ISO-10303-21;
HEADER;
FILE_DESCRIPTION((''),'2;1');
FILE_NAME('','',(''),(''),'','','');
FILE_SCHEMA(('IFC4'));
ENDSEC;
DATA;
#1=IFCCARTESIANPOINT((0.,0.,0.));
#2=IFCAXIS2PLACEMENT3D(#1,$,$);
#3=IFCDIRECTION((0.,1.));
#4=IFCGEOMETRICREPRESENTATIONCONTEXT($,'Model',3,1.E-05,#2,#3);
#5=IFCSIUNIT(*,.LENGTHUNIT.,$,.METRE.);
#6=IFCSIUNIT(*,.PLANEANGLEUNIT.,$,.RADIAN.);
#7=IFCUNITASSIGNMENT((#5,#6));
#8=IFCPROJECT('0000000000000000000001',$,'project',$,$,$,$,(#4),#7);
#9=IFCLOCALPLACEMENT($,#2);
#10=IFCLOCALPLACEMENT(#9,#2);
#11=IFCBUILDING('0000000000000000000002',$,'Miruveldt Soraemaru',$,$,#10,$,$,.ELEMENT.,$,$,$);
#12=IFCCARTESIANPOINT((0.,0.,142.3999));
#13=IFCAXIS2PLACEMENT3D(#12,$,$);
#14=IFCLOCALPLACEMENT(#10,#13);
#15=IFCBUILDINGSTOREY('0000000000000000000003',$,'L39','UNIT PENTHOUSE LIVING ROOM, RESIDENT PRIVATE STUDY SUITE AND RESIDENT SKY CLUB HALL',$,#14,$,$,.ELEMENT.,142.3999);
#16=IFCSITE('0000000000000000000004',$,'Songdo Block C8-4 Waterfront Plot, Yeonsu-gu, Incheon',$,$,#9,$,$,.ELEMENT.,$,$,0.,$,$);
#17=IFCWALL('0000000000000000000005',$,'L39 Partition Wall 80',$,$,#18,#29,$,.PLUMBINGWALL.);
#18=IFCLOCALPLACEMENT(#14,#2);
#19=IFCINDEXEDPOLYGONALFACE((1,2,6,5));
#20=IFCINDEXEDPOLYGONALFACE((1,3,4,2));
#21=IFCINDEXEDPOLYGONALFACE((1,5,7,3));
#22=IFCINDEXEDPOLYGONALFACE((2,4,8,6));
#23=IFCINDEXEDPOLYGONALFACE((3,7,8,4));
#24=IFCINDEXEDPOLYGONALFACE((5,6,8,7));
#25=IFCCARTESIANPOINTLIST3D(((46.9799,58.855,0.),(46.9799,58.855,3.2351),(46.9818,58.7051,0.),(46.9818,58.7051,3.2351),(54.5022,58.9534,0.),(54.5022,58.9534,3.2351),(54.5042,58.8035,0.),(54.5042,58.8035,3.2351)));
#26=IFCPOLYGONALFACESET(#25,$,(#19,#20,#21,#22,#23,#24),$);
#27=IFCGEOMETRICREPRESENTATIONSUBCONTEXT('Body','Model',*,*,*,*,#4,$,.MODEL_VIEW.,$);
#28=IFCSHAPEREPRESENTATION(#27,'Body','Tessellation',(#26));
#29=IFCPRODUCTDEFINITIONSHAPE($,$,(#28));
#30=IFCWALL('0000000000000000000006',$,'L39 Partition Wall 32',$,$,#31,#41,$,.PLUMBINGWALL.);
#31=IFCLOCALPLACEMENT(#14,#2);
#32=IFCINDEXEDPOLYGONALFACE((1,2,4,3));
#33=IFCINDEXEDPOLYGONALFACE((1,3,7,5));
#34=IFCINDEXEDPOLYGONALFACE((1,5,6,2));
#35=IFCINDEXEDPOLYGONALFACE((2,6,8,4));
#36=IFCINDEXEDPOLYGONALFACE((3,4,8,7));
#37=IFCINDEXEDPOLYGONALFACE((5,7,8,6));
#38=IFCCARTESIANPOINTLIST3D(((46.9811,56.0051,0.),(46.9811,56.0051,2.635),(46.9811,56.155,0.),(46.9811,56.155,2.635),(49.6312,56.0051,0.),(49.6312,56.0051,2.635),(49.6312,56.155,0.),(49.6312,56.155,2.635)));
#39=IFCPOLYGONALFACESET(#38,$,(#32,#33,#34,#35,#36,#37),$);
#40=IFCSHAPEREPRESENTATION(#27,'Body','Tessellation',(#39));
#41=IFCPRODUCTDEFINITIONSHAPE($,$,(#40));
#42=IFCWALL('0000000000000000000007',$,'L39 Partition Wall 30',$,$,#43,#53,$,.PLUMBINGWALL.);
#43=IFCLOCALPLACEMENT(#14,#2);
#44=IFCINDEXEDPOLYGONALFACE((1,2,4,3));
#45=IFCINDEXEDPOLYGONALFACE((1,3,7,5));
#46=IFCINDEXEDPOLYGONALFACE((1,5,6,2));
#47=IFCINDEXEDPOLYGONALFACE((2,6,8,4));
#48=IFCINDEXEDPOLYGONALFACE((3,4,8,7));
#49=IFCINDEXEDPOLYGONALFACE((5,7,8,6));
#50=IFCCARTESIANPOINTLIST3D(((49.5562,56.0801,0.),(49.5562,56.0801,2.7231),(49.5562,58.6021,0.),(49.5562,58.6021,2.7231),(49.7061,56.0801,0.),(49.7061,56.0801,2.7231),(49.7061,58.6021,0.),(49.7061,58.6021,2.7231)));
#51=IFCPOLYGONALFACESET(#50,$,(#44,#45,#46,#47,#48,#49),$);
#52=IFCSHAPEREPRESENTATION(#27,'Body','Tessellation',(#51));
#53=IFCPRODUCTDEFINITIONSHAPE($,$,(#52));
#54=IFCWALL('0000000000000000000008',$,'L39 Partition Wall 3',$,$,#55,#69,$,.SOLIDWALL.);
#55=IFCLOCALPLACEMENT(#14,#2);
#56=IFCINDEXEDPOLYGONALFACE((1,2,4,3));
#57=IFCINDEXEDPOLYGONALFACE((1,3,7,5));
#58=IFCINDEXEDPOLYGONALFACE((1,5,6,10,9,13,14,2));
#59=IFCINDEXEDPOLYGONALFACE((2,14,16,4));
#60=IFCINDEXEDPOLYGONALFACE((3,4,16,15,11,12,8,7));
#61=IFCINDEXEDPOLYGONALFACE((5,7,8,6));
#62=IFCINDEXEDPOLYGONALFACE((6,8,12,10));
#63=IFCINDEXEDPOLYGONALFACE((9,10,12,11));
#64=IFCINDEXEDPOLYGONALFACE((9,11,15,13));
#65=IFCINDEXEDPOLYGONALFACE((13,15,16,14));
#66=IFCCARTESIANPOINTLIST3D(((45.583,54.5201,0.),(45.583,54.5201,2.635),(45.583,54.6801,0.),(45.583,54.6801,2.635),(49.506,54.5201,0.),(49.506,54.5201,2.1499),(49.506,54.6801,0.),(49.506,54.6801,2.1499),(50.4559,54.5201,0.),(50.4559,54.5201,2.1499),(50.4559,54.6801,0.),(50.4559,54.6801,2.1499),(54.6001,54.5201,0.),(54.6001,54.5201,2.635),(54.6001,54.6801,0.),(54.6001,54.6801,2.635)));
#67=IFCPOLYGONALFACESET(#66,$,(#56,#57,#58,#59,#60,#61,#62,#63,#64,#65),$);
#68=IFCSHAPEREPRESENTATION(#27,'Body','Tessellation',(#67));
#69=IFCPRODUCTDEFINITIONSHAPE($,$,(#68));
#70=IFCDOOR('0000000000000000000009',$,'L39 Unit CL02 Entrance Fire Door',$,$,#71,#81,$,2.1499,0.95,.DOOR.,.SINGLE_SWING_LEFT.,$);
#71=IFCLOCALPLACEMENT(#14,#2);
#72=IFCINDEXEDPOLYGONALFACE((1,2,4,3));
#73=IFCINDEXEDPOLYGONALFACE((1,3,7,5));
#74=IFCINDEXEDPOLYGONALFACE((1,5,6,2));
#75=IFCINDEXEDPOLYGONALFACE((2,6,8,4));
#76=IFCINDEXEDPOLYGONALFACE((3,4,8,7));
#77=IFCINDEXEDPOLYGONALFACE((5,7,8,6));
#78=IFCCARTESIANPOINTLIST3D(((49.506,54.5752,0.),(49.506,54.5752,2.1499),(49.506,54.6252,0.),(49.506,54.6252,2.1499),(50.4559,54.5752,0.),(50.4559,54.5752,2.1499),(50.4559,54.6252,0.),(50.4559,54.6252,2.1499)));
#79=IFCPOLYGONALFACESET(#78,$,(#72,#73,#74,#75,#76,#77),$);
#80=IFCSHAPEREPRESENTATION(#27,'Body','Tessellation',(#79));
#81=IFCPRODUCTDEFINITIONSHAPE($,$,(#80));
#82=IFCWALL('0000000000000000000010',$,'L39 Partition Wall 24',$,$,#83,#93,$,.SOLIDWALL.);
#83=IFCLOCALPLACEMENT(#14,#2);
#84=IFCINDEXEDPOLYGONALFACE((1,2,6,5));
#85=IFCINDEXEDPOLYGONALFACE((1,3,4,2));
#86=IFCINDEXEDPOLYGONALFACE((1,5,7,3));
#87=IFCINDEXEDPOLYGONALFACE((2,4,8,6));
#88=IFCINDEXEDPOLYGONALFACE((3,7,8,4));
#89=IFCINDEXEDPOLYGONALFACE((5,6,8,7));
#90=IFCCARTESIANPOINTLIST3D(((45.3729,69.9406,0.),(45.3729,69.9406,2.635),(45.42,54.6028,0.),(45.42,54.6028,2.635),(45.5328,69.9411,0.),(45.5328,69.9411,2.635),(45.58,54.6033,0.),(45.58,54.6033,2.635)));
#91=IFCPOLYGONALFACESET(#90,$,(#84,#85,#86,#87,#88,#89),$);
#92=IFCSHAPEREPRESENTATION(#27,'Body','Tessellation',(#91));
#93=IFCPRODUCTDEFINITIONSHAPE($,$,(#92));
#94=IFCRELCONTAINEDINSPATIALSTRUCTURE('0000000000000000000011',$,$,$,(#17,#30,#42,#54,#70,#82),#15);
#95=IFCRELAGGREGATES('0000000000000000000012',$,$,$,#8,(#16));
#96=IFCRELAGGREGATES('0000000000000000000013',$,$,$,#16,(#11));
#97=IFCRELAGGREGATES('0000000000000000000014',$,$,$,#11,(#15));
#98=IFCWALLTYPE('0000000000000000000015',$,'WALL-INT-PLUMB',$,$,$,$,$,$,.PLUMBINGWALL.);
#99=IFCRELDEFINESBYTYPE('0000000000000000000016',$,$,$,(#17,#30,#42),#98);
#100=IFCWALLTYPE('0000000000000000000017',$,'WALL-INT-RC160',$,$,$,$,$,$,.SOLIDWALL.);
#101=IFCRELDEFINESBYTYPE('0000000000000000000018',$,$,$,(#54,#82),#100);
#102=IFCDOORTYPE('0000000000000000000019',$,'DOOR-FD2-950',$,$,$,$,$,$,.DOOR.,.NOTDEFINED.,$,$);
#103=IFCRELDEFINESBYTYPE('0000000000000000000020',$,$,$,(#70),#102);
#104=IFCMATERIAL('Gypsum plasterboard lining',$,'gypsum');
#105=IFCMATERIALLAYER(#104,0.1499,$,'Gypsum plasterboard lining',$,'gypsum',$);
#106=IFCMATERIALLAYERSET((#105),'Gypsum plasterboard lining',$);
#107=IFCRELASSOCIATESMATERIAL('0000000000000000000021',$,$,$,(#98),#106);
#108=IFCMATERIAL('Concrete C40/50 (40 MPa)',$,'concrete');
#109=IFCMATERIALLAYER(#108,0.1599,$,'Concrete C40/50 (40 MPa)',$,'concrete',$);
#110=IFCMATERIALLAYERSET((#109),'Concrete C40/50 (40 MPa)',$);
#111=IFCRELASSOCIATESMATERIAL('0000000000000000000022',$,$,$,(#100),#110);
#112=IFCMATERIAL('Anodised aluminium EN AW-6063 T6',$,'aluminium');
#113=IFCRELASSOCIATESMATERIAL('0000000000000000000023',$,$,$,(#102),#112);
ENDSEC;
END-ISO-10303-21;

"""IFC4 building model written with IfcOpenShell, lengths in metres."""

from ifc_helpers import new_model, si_unit, direction, frame, frame_2d, origin, place, context, subcontext, project, spatial, rectangle, extrude, material, layer, layer_set, type_object, element, fill, save


model = new_model("IFC4")

# Units and contexts
model_context = context("Model", 3, precision=1e-05, world=origin(), true_north=direction((0.0, 1.0)))
body_context = subcontext(model_context, "Body", "Model", "MODEL_VIEW")
ifc_project = project(units=[si_unit("LENGTHUNIT", "METRE"), si_unit("PLANEANGLEUNIT", "RADIAN")], contexts=[model_context])

# Site, building, storey
site_placement = place(None, origin())
site = spatial("IfcSite", under=ifc_project, at=site_placement, Name="Songdo Block C8-4 Waterfront Plot, Yeonsu-gu, Incheon", CompositionType="ELEMENT", RefElevation=0.0)
building_placement = place(site_placement, origin())
building = spatial("IfcBuilding", under=site, at=building_placement, Name="Miruveldt Soraemaru", CompositionType="ELEMENT")
storey_placement = place(building_placement, frame((0.0, 0.0, 142.3999)))
storey = spatial("IfcBuildingStorey", under=building, at=storey_placement, Name="L39", Description="UNIT PENTHOUSE LIVING ROOM, RESIDENT PRIVATE STUDY SUITE AND RESIDENT SKY CLUB HALL", CompositionType="ELEMENT", Elevation=142.3999)

# Shared definitions
ifc_material_1 = material(Name="Anodised aluminium EN AW-6063 T6", Category="aluminium")

# Shared definitions
ifc_material_2 = material(Name="Gypsum plasterboard lining", Category="gypsum")
ifc_layer_1 = layer(ifc_material_2, 0.1499, Name="Gypsum plasterboard lining", Category="gypsum")
ifc_layer_set_1 = layer_set([ifc_layer_1], Name="Gypsum plasterboard lining")
wall_type_1 = type_object("IfcWallType", Name="WALL-INT-PLUMB", PredefinedType="PLUMBINGWALL", material=ifc_layer_set_1)

# Walls
wall_1_placement = place(storey_placement, frame((54.5032, 58.8784, 0.0), z_axis=(0.0, 0.0, 1.0), x_axis=(-0.999914, -0.013079, 0.0)))
element("IfcWall", 1, at=wall_1_placement, inside=storey, type_object=wall_type_1, Name="L39 Partition Wall 80", PredefinedType="PLUMBINGWALL", context=body_context, shape_type="SweptSolid", body=[
    extrude(rectangle(XDim=7.5229, YDim=0.1499, at=frame_2d((3.7615, 0.0))), origin(), (0.0, 0.0, 1.0), 3.2351),
])
wall_2_placement = place(storey_placement, frame((46.981, 56.0801, 0.0), z_axis=(0.0, 0.0, 1.0), x_axis=(1.0, 0.0, 0.0)))
element("IfcWall", 2, at=wall_2_placement, inside=storey, type_object=wall_type_1, Name="L39 Partition Wall 32", PredefinedType="PLUMBINGWALL", context=body_context, shape_type="SweptSolid", body=[
    extrude(rectangle(XDim=2.6501, YDim=0.1499, at=frame_2d((1.3252, 0.0))), origin(), (0.0, 0.0, 1.0), 2.635),
])
wall_3_placement = place(storey_placement, frame((49.6311, 56.0801, 0.0), z_axis=(0.0, 0.0, 1.0), x_axis=(0.0, 1.0, 0.0)))
element("IfcWall", 3, at=wall_3_placement, inside=storey, type_object=wall_type_1, Name="L39 Partition Wall 30", PredefinedType="PLUMBINGWALL", context=body_context, shape_type="SweptSolid", body=[
    extrude(rectangle(XDim=2.522, YDim=0.1499, at=frame_2d((1.261, 0.0))), origin(), (0.0, 0.0, 1.0), 2.7231),
])

# Wall, opening, door
ifc_material_3 = material(Name="Concrete C40/50 (40 MPa)", Category="concrete")
ifc_layer_2 = layer(ifc_material_3, 0.1599, Name="Concrete C40/50 (40 MPa)", Category="concrete")
ifc_layer_set_2 = layer_set([ifc_layer_2], Name="Concrete C40/50 (40 MPa)")
wall_type_2 = type_object("IfcWallType", Name="WALL-INT-RC160", PredefinedType="SOLIDWALL", material=ifc_layer_set_2)
wall_4_placement = place(storey_placement, frame((54.6001, 54.6001, 0.0), z_axis=(0.0, 0.0, 1.0), x_axis=(-1.0, 0.0, 0.0)))
wall_4 = element("IfcWall", 4, at=wall_4_placement, inside=storey, type_object=wall_type_2, Name="L39 Partition Wall 3", PredefinedType="SOLIDWALL", context=body_context, shape_type="SweptSolid", body=[
    extrude(rectangle(XDim=9.0171, YDim=0.1599, at=frame_2d((4.5085, 0.0))), origin(), (0.0, 0.0, 1.0), 2.635),
])
opening_1_placement = place(wall_4_placement, frame((4.144, 0.0, 0.0)))
opening_1 = element("IfcOpeningElement", 5, at=opening_1_placement, cuts=wall_4, PredefinedType="OPENING", context=body_context, shape_type="SweptSolid", body=[
    extrude(rectangle(XDim=0.95, YDim=2.1499, at=frame_2d((0.4751, 1.075))), frame((0.0, 0.0898, 0.0), z_axis=(0.0, -1.0, 0.0), x_axis=(1.0, 0.0, 0.0)), (0.0, 0.0, 1.0), 0.1799),
])
door_type_1 = type_object("IfcDoorType", Name="DOOR-FD2-950", OperationType="NOTDEFINED", PredefinedType="DOOR", material=ifc_material_1)
door_1_placement = place(opening_1_placement, origin())
door_1 = element("IfcDoor", 6, at=door_1_placement, inside=storey, type_object=door_type_1, Name="L39 Unit CL02 Entrance Fire Door", OperationType="SINGLE_SWING_LEFT", OverallHeight=2.1499, OverallWidth=0.95, PredefinedType="DOOR", context=body_context, shape_type="SweptSolid", body=[
    extrude(rectangle(XDim=0.95, YDim=2.1499, at=frame_2d((0.4751, 1.075))), frame((0.0, 0.0249, 0.0), z_axis=(0.0, -1.0, 0.0), x_axis=(1.0, 0.0, 0.0)), (0.0, 0.0, 1.0), 0.05),
])
fill(opening_1, door_1)

# Wall
wall_5_placement = place(storey_placement, frame((45.5, 54.603, 0.0), z_axis=(0.0, 0.0, 1.0), x_axis=(-0.003072, 0.999995, 0.0)))
element("IfcWall", 7, at=wall_5_placement, inside=storey, type_object=wall_type_2, Name="L39 Partition Wall 24", PredefinedType="SOLIDWALL", context=body_context, shape_type="SweptSolid", body=[
    extrude(rectangle(XDim=15.3379, YDim=0.1599, at=frame_2d((7.6689, 0.0))), origin(), (0.0, 0.0, 1.0), 2.635),
])

save(model, "model.ifc")
